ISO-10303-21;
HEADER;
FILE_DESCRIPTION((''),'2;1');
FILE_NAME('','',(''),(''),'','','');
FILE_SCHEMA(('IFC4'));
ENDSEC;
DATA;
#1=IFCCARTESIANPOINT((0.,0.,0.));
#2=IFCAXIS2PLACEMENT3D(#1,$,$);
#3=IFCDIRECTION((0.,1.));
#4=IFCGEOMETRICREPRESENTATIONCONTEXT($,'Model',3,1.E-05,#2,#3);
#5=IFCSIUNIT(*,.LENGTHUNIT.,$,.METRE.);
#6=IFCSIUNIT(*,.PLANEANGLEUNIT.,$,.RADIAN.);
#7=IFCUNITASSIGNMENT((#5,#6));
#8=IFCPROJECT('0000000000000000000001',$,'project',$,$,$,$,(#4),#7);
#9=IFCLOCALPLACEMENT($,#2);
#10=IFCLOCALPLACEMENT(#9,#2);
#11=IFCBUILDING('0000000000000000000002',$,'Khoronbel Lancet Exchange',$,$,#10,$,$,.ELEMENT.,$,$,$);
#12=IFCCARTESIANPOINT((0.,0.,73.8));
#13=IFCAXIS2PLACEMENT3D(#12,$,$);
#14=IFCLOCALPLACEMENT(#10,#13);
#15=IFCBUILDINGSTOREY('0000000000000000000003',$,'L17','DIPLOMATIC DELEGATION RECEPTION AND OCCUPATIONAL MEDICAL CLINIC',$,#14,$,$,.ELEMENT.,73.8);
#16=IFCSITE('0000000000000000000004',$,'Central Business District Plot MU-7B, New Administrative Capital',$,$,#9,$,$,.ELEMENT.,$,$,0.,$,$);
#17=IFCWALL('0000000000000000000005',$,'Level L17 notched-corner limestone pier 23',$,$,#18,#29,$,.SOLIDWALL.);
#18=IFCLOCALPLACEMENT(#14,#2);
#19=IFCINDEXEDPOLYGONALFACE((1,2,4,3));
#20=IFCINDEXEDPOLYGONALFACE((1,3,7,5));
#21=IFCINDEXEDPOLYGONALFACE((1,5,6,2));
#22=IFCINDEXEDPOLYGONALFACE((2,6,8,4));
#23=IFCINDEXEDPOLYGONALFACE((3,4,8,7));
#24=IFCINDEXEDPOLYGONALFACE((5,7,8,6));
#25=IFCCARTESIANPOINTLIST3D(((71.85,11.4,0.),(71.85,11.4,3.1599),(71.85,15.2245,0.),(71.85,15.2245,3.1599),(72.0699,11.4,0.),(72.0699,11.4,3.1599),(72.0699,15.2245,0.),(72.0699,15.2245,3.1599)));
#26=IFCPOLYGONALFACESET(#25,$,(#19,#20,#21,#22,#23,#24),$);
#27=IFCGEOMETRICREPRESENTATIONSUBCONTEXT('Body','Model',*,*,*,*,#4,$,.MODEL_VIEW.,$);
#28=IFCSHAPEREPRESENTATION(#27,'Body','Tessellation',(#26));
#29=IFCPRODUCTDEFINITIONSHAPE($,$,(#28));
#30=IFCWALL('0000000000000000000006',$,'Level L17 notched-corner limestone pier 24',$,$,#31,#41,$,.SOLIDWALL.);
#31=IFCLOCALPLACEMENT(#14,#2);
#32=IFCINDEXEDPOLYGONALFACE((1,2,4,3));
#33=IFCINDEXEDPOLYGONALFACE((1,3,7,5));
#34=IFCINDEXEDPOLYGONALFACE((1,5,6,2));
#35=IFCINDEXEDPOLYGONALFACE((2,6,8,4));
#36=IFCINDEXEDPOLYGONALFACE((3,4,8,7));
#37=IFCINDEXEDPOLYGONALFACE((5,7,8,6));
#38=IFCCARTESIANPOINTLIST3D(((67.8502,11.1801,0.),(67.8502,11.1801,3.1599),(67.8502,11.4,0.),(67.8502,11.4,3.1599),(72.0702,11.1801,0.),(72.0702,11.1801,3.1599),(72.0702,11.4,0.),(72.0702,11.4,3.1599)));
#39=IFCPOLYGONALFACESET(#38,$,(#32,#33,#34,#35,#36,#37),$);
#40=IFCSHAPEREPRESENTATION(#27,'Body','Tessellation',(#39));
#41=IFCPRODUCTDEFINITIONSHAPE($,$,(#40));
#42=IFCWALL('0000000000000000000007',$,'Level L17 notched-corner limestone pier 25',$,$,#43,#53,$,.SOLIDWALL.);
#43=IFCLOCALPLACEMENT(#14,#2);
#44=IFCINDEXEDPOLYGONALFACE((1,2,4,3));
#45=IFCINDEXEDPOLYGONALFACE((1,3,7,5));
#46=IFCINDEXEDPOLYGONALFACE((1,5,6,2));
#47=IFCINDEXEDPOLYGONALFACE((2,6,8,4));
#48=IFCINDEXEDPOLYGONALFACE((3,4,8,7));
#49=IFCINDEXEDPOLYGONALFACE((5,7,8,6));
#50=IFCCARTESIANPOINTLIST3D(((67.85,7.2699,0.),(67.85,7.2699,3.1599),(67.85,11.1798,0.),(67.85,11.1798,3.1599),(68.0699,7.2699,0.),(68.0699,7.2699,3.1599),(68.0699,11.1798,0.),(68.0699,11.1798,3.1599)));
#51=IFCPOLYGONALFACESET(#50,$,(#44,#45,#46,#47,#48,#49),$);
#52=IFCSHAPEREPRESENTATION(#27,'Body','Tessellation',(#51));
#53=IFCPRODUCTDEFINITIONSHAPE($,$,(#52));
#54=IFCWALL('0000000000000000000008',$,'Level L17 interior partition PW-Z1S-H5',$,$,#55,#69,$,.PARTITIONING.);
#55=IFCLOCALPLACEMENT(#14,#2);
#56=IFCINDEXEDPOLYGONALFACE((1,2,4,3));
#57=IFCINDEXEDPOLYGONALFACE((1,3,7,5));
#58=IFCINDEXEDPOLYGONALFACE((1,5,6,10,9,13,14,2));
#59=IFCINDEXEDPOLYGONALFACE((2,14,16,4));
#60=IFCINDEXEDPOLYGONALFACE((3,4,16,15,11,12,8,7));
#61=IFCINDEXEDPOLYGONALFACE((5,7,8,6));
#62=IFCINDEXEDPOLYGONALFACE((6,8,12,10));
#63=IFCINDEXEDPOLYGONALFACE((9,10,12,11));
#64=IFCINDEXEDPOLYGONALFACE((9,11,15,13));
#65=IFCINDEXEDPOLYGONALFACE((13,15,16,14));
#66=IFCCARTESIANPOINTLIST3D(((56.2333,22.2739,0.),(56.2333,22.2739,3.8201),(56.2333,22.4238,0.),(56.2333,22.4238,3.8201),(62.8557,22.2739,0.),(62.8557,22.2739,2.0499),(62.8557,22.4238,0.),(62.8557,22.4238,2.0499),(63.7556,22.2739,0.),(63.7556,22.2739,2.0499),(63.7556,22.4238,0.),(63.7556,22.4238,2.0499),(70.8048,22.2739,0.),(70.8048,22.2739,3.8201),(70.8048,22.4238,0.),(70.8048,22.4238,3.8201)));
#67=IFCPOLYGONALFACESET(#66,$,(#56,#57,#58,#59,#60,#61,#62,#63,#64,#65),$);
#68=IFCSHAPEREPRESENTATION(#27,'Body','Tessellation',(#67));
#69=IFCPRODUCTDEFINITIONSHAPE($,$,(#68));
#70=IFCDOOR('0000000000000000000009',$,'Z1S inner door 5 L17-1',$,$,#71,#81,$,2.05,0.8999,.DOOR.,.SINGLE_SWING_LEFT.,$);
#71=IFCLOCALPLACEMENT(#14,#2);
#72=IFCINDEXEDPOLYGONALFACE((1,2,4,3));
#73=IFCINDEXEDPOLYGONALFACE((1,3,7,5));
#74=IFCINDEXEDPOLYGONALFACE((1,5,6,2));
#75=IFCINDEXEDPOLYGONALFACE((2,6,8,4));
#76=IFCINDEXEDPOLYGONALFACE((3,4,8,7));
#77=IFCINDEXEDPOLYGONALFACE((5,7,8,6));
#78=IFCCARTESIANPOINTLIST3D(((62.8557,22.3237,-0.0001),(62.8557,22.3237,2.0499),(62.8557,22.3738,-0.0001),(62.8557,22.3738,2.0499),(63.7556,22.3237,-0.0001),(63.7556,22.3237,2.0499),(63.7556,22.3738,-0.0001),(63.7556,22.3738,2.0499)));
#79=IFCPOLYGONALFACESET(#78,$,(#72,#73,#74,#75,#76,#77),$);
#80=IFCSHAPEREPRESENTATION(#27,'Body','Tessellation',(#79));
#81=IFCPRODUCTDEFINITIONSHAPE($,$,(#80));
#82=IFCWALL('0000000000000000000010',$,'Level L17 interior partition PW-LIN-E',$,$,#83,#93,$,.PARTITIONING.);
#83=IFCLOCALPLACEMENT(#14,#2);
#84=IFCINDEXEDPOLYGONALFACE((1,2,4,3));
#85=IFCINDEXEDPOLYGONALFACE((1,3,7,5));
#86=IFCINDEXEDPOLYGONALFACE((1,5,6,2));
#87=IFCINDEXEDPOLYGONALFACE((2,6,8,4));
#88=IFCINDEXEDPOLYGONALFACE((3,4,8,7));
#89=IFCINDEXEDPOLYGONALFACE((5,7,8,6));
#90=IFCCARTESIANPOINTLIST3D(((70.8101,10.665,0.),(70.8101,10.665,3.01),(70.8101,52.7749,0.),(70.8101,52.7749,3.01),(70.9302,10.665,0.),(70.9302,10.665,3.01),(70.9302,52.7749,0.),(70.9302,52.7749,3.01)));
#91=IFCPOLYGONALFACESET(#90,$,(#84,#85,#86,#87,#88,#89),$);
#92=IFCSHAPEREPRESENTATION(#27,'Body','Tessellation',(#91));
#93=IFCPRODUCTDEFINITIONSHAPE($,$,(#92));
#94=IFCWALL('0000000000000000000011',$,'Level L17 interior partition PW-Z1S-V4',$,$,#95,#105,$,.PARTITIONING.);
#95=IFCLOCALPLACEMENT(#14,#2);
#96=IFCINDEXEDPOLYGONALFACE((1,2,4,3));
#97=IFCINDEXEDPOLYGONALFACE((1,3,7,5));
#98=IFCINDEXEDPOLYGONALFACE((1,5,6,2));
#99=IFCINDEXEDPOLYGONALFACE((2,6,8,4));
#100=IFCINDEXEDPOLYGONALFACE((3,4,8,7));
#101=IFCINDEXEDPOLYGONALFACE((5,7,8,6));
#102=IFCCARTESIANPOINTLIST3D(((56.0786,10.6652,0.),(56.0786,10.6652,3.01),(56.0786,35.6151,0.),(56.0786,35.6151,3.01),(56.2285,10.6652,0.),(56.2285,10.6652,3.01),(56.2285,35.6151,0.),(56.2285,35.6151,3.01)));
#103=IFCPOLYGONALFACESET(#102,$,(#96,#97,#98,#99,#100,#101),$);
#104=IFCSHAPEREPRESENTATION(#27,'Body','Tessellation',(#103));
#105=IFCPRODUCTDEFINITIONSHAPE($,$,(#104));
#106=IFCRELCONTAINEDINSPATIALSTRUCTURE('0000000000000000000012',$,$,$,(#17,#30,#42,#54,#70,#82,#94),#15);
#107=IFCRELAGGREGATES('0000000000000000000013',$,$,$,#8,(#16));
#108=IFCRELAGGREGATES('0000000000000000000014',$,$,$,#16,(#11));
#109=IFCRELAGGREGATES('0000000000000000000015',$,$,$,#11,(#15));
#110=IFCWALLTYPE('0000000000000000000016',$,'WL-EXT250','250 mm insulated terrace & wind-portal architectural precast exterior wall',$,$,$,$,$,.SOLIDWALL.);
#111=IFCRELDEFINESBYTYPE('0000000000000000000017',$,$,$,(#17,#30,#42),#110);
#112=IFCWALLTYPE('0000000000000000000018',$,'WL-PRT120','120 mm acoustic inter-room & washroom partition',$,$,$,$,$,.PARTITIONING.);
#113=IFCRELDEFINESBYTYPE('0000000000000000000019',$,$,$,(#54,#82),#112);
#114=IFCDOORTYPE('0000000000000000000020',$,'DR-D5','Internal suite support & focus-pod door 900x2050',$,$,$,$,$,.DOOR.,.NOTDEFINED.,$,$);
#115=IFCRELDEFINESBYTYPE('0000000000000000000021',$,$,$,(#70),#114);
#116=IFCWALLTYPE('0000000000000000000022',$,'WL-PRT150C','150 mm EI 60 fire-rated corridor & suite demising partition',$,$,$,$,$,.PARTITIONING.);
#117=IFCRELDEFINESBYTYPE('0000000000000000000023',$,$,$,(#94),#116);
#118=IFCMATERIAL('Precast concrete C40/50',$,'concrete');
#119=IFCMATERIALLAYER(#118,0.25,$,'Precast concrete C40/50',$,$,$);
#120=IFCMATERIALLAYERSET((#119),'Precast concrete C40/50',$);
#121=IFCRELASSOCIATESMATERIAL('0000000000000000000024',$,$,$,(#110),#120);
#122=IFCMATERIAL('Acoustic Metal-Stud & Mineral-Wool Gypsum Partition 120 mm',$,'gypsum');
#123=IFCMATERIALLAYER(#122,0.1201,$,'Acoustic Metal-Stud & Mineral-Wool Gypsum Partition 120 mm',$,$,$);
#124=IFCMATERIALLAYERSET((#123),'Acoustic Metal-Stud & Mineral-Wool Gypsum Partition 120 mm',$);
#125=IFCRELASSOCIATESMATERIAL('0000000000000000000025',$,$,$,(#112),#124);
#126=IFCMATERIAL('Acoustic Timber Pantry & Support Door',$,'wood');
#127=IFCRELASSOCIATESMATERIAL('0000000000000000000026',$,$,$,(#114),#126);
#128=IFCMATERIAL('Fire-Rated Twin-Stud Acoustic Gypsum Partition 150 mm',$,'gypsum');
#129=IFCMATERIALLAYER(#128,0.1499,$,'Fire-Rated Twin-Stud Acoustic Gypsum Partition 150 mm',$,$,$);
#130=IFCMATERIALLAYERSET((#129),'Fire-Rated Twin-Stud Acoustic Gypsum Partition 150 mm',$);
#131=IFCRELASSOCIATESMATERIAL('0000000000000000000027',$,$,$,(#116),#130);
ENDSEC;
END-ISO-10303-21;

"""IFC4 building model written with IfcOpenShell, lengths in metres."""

from ifc_helpers import new_model, si_unit, direction, frame, frame_2d, origin, place, context, subcontext, project, spatial, rectangle, extrude, material, layer, layer_set, type_object, element, fill, save


model = new_model("IFC4")

# Units and contexts
model_context = context("Model", 3, precision=1e-05, world=origin(), true_north=direction((0.0, 1.0)))
body_context = subcontext(model_context, "Body", "Model", "MODEL_VIEW")
ifc_project = project(units=[si_unit("LENGTHUNIT", "METRE"), si_unit("PLANEANGLEUNIT", "RADIAN")], contexts=[model_context])

# Site, building, storey
site_placement = place(None, origin())
site = spatial("IfcSite", under=ifc_project, at=site_placement, Name="Central Business District Plot MU-7B, New Administrative Capital", CompositionType="ELEMENT", RefElevation=0.0)
building_placement = place(site_placement, origin())
building = spatial("IfcBuilding", under=site, at=building_placement, Name="Khoronbel Lancet Exchange", CompositionType="ELEMENT")
storey_placement = place(building_placement, frame((0.0, 0.0, 73.8)))
storey = spatial("IfcBuildingStorey", under=building, at=storey_placement, Name="L17", Description="DIPLOMATIC DELEGATION RECEPTION AND OCCUPATIONAL MEDICAL CLINIC", CompositionType="ELEMENT", Elevation=73.8)

# Walls
ifc_material_1 = material(Name="Precast concrete C40/50", Category="concrete")
ifc_layer_1 = layer(ifc_material_1, 0.25, Name="Precast concrete C40/50")
ifc_layer_set_1 = layer_set([ifc_layer_1], Name="Precast concrete C40/50")
wall_type_1 = type_object("IfcWallType", Name="WL-EXT250", Description="250 mm insulated terrace & wind-portal architectural precast exterior wall", PredefinedType="SOLIDWALL", material=ifc_layer_set_1)
wall_1_placement = place(storey_placement, frame((71.96, 15.2244, 0.0), z_axis=(0.0, 0.0, 1.0), x_axis=(0.0, -1.0, 0.0)))
element("IfcWall", 1, at=wall_1_placement, inside=storey, type_object=wall_type_1, Name="Level L17 notched-corner limestone pier 23", PredefinedType="SOLIDWALL", context=body_context, shape_type="SweptSolid", body=[
    extrude(rectangle(XDim=3.8245, YDim=0.22, at=frame_2d((1.9121, 0.0))), origin(), (0.0, 0.0, 1.0), 3.1599),
])
wall_2_placement = place(storey_placement, frame((72.0701, 11.29, 0.0), z_axis=(0.0, 0.0, 1.0), x_axis=(-1.0, 0.0, 0.0)))
element("IfcWall", 2, at=wall_2_placement, inside=storey, type_object=wall_type_1, Name="Level L17 notched-corner limestone pier 24", PredefinedType="SOLIDWALL", context=body_context, shape_type="SweptSolid", body=[
    extrude(rectangle(XDim=4.22, YDim=0.22, at=frame_2d((2.1099, 0.0))), origin(), (0.0, 0.0, 1.0), 3.1599),
])
wall_3_placement = place(storey_placement, frame((67.96, 11.1799, 0.0), z_axis=(0.0, 0.0, 1.0), x_axis=(0.0, -1.0, 0.0)))
element("IfcWall", 3, at=wall_3_placement, inside=storey, type_object=wall_type_1, Name="Level L17 notched-corner limestone pier 25", PredefinedType="SOLIDWALL", context=body_context, shape_type="SweptSolid", body=[
    extrude(rectangle(XDim=3.9099, YDim=0.22, at=frame_2d((1.9551, 0.0))), origin(), (0.0, 0.0, 1.0), 3.1599),
])

# Wall, opening, door
ifc_material_2 = material(Name="Acoustic Metal-Stud & Mineral-Wool Gypsum Partition 120 mm", Category="gypsum")
ifc_layer_2 = layer(ifc_material_2, 0.1201, Name="Acoustic Metal-Stud & Mineral-Wool Gypsum Partition 120 mm")
ifc_layer_set_2 = layer_set([ifc_layer_2], Name="Acoustic Metal-Stud & Mineral-Wool Gypsum Partition 120 mm")
wall_type_2 = type_object("IfcWallType", Name="WL-PRT120", Description="120 mm acoustic inter-room & washroom partition", PredefinedType="PARTITIONING", material=ifc_layer_set_2)
wall_4_placement = place(storey_placement, frame((56.2334, 22.3489, 0.0), z_axis=(0.0, 0.0, 1.0), x_axis=(1.0, 0.0, 0.0)))
wall_4 = element("IfcWall", 4, at=wall_4_placement, inside=storey, type_object=wall_type_2, Name="Level L17 interior partition PW-Z1S-H5", PredefinedType="PARTITIONING", context=body_context, shape_type="SweptSolid", body=[
    extrude(rectangle(XDim=14.5715, YDim=0.1499, at=frame_2d((7.2856, 0.0))), origin(), (0.0, 0.0, 1.0), 3.8201),
])
opening_placement = place(wall_4_placement, frame((6.6223, 0.0, 0.0)))
opening = element("IfcOpeningElement", 5, at=opening_placement, cuts=wall_4, PredefinedType="OPENING", context=body_context, shape_type="SweptSolid", body=[
    extrude(rectangle(XDim=0.8999, YDim=2.05, at=frame_2d((0.45, 1.0249))), frame((0.0, 0.085, 0.0), z_axis=(0.0, -1.0, 0.0), x_axis=(1.0, 0.0, 0.0)), (0.0, 0.0, 1.0), 0.1699),
])
ifc_material_3 = material(Name="Acoustic Timber Pantry & Support Door", Category="wood")
door_type = type_object("IfcDoorType", Name="DR-D5", Description="Internal suite support & focus-pod door 900x2050", OperationType="NOTDEFINED", PredefinedType="DOOR", material=ifc_material_3)
door_placement = place(opening_placement, origin())
door = element("IfcDoor", 6, at=door_placement, inside=storey, type_object=door_type, Name="Z1S inner door 5 L17-1", OperationType="SINGLE_SWING_LEFT", OverallHeight=2.05, OverallWidth=0.8999, PredefinedType="DOOR", context=body_context, shape_type="SweptSolid", body=[
    extrude(rectangle(XDim=0.8999, YDim=2.05, at=frame_2d((0.45, 1.0249))), frame((0.0, 0.0249, 0.0), z_axis=(0.0, -1.0, 0.0), x_axis=(1.0, 0.0, 0.0)), (0.0, 0.0, 1.0), 0.05),
])
fill(opening, door)

# Walls
wall_5_placement = place(storey_placement, frame((70.8701, 10.665, 0.0), z_axis=(0.0, 0.0, 1.0), x_axis=(0.0, 1.0, 0.0)))
element("IfcWall", 7, at=wall_5_placement, inside=storey, type_object=wall_type_2, Name="Level L17 interior partition PW-LIN-E", PredefinedType="PARTITIONING", context=body_context, shape_type="SweptSolid", body=[
    extrude(rectangle(XDim=42.1099, YDim=0.1201, at=frame_2d((21.0549, 0.0))), origin(), (0.0, 0.0, 1.0), 3.01),
])
ifc_material_4 = material(Name="Fire-Rated Twin-Stud Acoustic Gypsum Partition 150 mm", Category="gypsum")
ifc_layer_3 = layer(ifc_material_4, 0.1499, Name="Fire-Rated Twin-Stud Acoustic Gypsum Partition 150 mm")
ifc_layer_set_3 = layer_set([ifc_layer_3], Name="Fire-Rated Twin-Stud Acoustic Gypsum Partition 150 mm")
wall_type_3 = type_object("IfcWallType", Name="WL-PRT150C", Description="150 mm EI 60 fire-rated corridor & suite demising partition", PredefinedType="PARTITIONING", material=ifc_layer_set_3)
wall_6_placement = place(storey_placement, frame((56.1536, 10.665, 0.0), z_axis=(0.0, 0.0, 1.0), x_axis=(0.0, 1.0, 0.0)))
element("IfcWall", 8, at=wall_6_placement, inside=storey, type_object=wall_type_3, Name="Level L17 interior partition PW-Z1S-V4", PredefinedType="PARTITIONING", context=body_context, shape_type="SweptSolid", body=[
    extrude(rectangle(XDim=24.95, YDim=0.1499, at=frame_2d((12.4751, 0.0))), origin(), (0.0, 0.0, 1.0), 3.01),
])

save(model, "model.ifc")
